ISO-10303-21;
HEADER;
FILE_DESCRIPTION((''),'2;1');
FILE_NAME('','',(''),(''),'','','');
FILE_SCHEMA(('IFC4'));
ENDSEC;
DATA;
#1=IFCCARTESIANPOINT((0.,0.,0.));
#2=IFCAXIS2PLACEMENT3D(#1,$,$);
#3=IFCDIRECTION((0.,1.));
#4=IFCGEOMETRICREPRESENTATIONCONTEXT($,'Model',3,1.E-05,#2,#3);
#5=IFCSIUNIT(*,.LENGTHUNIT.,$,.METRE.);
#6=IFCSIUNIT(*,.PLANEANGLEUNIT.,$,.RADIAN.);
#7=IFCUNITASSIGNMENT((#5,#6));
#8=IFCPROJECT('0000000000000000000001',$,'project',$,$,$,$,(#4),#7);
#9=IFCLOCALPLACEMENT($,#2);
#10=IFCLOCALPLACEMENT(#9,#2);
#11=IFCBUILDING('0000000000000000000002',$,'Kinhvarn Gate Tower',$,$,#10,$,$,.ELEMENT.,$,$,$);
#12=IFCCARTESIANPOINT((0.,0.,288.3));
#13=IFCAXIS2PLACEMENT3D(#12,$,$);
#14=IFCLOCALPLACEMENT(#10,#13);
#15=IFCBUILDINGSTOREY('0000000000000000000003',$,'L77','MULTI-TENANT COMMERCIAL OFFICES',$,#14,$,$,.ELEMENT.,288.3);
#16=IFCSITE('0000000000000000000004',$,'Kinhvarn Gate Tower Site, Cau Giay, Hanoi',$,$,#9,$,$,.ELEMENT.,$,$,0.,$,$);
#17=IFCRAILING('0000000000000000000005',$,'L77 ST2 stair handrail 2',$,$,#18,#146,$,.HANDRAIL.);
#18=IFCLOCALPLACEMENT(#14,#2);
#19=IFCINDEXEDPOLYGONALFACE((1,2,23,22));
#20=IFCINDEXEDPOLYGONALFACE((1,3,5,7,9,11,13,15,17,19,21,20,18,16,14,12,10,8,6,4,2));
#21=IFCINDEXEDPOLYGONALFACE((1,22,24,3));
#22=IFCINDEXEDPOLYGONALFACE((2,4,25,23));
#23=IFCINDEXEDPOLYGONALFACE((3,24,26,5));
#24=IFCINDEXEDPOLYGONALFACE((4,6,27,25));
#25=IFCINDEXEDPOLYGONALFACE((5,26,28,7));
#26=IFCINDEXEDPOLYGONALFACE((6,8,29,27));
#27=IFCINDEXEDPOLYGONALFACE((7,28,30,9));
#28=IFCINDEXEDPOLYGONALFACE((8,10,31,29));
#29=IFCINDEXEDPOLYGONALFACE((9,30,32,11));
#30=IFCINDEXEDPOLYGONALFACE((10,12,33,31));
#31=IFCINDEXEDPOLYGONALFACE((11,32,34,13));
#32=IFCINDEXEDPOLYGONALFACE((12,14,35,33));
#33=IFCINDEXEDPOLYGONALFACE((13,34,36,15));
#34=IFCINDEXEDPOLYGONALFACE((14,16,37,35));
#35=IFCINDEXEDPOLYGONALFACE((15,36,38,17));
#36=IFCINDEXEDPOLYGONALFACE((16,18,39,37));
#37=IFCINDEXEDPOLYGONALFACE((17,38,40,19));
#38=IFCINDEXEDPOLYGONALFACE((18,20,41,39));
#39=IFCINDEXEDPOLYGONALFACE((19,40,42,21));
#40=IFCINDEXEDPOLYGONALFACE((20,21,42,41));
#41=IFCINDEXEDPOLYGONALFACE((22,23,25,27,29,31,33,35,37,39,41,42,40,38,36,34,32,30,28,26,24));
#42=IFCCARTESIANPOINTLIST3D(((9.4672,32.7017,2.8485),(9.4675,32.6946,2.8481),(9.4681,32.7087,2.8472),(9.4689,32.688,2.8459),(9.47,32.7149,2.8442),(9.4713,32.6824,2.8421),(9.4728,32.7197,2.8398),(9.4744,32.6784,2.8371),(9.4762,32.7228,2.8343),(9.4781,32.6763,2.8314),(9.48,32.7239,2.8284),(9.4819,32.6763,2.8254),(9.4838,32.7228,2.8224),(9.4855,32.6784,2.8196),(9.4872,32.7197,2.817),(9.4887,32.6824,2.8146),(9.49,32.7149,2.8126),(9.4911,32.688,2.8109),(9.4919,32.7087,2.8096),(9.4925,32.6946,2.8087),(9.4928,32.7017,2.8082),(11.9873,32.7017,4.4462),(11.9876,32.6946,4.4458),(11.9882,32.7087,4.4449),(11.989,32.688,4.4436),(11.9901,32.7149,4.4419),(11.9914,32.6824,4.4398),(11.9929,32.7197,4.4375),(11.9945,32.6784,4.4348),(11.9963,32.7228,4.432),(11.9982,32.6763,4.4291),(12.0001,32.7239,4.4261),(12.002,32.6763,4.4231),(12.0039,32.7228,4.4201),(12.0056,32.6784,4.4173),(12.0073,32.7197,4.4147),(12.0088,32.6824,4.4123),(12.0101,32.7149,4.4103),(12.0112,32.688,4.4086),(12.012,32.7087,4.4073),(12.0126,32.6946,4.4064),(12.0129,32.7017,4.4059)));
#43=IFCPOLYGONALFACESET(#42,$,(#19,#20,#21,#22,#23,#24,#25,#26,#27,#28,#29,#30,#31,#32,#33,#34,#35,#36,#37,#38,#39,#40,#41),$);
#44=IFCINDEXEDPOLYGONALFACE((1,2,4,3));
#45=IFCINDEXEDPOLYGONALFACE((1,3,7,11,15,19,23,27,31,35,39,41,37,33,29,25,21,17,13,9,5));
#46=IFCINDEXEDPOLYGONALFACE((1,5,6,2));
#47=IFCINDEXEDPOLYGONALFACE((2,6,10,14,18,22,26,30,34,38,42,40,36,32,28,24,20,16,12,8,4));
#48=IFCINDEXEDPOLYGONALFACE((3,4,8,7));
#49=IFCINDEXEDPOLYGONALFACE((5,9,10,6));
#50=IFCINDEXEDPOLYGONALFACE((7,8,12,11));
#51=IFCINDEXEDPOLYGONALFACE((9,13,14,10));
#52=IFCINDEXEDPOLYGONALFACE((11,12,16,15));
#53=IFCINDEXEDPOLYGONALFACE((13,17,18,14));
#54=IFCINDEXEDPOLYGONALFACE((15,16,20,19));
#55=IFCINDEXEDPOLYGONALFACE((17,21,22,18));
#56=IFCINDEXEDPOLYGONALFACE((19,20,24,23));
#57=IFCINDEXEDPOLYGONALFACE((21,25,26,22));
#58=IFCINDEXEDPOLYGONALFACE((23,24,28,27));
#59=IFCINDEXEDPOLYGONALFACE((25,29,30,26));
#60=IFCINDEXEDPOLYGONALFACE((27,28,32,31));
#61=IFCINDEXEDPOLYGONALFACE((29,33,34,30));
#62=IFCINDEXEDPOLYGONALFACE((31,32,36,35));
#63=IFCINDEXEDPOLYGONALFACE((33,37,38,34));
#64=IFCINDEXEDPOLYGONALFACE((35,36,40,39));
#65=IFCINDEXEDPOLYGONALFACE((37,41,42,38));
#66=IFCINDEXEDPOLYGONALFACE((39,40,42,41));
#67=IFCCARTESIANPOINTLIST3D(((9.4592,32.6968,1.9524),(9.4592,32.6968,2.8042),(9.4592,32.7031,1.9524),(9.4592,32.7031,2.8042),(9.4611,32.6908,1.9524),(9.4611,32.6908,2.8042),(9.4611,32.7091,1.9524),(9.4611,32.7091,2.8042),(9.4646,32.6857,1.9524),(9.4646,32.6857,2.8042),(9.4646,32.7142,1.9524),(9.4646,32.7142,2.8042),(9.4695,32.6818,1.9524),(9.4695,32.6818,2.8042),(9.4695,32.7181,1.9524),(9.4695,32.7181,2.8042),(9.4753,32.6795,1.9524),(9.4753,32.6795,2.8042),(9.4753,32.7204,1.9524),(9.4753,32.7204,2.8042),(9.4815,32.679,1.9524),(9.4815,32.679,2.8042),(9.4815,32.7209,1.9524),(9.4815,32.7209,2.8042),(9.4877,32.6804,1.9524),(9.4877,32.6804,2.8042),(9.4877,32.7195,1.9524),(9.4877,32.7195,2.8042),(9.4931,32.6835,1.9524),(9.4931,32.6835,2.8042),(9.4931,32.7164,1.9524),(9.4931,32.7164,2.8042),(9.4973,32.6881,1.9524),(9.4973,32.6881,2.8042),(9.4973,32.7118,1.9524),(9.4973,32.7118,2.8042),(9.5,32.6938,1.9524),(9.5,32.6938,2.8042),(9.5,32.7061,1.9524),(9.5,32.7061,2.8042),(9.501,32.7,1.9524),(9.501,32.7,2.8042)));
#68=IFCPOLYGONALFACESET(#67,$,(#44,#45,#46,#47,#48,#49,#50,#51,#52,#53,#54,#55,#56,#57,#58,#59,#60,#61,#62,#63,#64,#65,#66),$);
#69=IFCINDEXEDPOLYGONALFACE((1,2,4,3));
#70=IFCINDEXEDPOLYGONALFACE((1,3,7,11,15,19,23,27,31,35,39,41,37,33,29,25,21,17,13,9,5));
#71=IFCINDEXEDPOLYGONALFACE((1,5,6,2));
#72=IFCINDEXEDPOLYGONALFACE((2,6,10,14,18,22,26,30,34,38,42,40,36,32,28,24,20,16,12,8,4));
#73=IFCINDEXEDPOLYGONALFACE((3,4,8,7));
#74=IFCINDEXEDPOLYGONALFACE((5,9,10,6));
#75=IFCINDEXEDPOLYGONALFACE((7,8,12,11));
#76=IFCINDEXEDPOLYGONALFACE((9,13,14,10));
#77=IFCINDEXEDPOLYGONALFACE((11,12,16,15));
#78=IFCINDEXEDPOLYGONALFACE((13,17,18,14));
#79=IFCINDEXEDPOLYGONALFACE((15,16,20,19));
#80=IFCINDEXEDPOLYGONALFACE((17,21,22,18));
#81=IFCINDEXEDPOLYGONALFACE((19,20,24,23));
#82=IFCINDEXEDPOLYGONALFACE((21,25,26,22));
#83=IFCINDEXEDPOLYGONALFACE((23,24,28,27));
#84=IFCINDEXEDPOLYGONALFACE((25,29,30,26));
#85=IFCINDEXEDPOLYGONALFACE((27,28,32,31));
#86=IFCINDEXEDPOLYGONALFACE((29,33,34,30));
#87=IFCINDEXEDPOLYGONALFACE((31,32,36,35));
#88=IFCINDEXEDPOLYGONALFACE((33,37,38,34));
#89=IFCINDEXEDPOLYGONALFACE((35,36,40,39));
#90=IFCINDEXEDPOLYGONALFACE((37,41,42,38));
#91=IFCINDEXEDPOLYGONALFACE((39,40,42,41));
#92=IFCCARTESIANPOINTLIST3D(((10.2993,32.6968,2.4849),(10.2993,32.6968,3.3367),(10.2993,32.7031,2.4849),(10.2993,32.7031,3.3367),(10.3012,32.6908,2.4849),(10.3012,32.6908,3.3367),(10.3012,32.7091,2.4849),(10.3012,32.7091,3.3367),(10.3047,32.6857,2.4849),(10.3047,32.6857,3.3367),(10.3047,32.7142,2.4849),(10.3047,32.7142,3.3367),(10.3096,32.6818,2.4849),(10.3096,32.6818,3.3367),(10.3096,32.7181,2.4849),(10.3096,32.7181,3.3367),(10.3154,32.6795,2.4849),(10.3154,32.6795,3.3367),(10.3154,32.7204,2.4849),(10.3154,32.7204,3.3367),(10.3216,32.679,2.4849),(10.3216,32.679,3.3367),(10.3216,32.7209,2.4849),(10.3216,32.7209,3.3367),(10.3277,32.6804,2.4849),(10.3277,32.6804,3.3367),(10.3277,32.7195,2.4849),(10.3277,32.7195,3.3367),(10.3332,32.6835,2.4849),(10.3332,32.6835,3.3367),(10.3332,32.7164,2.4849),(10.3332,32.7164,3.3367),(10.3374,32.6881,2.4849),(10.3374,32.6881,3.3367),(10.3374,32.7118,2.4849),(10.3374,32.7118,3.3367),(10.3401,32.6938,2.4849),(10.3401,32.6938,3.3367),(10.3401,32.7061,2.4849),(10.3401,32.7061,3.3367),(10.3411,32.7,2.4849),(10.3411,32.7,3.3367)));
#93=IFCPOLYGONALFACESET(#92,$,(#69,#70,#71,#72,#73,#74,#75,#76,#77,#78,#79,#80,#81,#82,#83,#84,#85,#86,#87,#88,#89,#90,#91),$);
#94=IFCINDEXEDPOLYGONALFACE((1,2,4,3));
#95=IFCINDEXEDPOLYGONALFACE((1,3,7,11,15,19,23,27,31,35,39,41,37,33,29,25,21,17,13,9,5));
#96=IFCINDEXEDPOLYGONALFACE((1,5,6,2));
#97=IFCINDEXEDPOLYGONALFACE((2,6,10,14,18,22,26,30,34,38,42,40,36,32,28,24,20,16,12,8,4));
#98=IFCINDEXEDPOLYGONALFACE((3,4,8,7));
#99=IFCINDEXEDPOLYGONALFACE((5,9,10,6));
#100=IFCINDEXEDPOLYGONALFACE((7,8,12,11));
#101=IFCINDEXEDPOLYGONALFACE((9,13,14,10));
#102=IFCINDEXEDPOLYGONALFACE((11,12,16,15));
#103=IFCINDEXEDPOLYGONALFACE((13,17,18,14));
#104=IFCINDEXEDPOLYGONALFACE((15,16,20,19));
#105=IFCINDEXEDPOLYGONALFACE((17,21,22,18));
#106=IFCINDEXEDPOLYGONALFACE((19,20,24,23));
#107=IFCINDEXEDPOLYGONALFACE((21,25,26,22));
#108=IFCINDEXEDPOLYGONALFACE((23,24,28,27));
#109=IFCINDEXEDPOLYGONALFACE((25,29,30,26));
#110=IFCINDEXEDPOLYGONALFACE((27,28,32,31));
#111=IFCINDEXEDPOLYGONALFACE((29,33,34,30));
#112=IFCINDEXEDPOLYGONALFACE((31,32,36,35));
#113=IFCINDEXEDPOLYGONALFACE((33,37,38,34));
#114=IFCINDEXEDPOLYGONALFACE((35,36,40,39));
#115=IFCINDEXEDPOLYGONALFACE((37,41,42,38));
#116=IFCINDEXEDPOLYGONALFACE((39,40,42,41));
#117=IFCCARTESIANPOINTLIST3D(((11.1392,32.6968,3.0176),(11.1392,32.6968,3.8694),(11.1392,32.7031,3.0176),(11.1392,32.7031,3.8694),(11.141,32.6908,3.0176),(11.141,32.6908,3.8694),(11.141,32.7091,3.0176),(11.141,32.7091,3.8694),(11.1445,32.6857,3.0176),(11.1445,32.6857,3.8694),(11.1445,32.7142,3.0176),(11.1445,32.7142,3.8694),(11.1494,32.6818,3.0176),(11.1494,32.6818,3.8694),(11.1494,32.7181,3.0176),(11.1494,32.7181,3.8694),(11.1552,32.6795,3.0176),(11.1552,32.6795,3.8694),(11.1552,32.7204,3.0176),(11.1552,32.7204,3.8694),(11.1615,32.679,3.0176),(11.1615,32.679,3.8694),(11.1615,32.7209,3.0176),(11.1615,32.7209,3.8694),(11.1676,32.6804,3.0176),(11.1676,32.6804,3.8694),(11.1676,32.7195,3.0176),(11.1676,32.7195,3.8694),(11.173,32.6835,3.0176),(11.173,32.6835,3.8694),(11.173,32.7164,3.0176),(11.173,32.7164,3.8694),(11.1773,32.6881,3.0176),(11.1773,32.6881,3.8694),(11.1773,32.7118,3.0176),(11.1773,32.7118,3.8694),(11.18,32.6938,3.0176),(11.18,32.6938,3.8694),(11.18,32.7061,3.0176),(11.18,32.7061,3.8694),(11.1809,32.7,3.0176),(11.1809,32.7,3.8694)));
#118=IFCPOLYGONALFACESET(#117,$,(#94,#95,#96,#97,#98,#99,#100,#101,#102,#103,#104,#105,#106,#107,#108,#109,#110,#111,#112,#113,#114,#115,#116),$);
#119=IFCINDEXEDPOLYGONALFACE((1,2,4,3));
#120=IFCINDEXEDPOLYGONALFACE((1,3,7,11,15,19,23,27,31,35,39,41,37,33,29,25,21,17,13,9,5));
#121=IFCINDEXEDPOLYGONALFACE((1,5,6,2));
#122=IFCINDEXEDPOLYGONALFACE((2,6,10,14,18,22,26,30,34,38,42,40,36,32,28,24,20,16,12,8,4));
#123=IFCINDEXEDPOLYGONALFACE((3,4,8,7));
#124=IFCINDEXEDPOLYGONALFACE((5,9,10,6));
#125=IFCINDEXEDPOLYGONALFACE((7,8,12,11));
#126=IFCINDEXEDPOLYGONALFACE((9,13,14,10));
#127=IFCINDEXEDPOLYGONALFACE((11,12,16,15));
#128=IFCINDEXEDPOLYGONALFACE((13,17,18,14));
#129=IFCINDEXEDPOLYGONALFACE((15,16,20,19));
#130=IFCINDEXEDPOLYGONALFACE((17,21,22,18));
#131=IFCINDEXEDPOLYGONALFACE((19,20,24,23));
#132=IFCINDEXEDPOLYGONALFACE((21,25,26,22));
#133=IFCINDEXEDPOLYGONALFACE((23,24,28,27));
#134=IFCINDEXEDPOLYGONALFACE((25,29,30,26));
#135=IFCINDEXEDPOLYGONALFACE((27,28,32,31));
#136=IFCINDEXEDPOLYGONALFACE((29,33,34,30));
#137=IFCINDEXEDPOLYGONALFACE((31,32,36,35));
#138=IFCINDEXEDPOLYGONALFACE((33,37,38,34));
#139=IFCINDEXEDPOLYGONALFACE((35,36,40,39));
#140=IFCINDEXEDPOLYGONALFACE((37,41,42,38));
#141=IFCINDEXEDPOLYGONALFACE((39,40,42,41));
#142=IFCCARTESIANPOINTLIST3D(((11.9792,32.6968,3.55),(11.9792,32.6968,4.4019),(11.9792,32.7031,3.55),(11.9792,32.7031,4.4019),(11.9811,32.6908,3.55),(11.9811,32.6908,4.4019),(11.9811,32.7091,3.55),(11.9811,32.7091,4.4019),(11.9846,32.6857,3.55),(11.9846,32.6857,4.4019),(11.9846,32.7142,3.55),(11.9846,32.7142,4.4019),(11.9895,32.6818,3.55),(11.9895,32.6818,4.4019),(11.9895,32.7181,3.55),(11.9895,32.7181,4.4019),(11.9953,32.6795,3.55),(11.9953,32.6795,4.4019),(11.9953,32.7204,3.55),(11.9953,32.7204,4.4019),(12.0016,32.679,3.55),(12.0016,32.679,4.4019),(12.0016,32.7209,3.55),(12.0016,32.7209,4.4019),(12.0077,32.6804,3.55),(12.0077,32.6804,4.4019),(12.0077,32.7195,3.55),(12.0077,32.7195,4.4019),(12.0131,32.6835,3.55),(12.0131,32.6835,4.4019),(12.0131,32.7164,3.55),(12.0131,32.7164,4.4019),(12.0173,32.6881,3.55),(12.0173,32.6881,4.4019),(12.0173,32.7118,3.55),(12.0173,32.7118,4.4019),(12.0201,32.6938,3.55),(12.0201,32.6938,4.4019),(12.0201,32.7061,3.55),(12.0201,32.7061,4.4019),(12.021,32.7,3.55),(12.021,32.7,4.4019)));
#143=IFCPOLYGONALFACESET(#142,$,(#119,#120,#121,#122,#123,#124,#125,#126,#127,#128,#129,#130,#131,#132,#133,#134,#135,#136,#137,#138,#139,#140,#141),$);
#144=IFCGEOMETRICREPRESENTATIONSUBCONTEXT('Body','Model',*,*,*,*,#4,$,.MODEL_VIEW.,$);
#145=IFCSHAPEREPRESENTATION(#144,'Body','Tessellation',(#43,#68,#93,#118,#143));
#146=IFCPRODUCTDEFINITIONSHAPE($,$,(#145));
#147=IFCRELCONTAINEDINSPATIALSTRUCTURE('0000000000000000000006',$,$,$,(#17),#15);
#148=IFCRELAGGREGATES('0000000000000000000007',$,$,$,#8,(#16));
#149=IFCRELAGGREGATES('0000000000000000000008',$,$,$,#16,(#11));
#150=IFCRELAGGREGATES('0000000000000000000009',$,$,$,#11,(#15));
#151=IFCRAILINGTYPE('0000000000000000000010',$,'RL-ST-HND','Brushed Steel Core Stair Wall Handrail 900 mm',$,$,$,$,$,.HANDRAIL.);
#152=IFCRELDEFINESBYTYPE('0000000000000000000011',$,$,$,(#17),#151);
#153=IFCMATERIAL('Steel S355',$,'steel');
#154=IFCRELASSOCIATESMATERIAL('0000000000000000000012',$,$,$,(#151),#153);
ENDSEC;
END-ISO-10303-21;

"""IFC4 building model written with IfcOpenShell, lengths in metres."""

from ifc_helpers import new_model, si_unit, direction, frame, origin, origin_2d, place, context, subcontext, project, spatial, circle, extrude, material, type_object, element, save


model = new_model("IFC4")

# Units and contexts
model_context = context("Model", 3, precision=1e-05, world=origin(), true_north=direction((0.0, 1.0)))
body_context = subcontext(model_context, "Body", "Model", "MODEL_VIEW")
ifc_project = project(units=[si_unit("LENGTHUNIT", "METRE"), si_unit("PLANEANGLEUNIT", "RADIAN")], contexts=[model_context])

# Site, building, storey
site_placement = place(None, origin())
site = spatial("IfcSite", under=ifc_project, at=site_placement, Name="Kinhvarn Gate Tower Site, Cau Giay, Hanoi", CompositionType="ELEMENT", RefElevation=0.0)
building_placement = place(site_placement, origin())
building = spatial("IfcBuilding", under=site, at=building_placement, Name="Kinhvarn Gate Tower", CompositionType="ELEMENT")
storey_placement = place(building_placement, frame((0.0, 0.0, 288.3)))
storey = spatial("IfcBuildingStorey", under=building, at=storey_placement, Name="L77", Description="MULTI-TENANT COMMERCIAL OFFICES", CompositionType="ELEMENT", Elevation=288.3)

# Railing
ifc_material_1 = material(Name="Steel S355", Category="steel")
railing_type_1 = type_object("IfcRailingType", Name="RL-ST-HND", Description="Brushed Steel Core Stair Wall Handrail 900 mm", PredefinedType="HANDRAIL", material=ifc_material_1)
railing_1_placement = place(storey_placement, frame((9.48, 32.7, 1.9524)))
element("IfcRailing", 1, at=railing_1_placement, inside=storey, type_object=railing_type_1, Name="L77 ST2 stair handrail 2", PredefinedType="HANDRAIL", context=body_context, shape_type="SweptSolid", body=[
    extrude(circle(Radius=0.0239, at=origin_2d()), frame((0.0, 0.0, 0.876), z_axis=(0.84457, 0.0, 0.535445), x_axis=(0.0, 1.0, 0.0)), (0.0, 0.0, 1.0), 2.9839),
    extrude(circle(Radius=0.021, at=origin_2d()), origin(), (0.0, 0.0, 1.0), 0.8518),
    extrude(circle(Radius=0.021, at=origin_2d()), frame((0.8401, 0.0, 0.5325)), (0.0, 0.0, 1.0), 0.8518),
    extrude(circle(Radius=0.021, at=origin_2d()), frame((1.6799, 0.0, 1.0652)), (0.0, 0.0, 1.0), 0.8518),
    extrude(circle(Radius=0.021, at=origin_2d()), frame((2.52, 0.0, 1.5977)), (0.0, 0.0, 1.0), 0.8518),
])

save(model, "model.ifc")
